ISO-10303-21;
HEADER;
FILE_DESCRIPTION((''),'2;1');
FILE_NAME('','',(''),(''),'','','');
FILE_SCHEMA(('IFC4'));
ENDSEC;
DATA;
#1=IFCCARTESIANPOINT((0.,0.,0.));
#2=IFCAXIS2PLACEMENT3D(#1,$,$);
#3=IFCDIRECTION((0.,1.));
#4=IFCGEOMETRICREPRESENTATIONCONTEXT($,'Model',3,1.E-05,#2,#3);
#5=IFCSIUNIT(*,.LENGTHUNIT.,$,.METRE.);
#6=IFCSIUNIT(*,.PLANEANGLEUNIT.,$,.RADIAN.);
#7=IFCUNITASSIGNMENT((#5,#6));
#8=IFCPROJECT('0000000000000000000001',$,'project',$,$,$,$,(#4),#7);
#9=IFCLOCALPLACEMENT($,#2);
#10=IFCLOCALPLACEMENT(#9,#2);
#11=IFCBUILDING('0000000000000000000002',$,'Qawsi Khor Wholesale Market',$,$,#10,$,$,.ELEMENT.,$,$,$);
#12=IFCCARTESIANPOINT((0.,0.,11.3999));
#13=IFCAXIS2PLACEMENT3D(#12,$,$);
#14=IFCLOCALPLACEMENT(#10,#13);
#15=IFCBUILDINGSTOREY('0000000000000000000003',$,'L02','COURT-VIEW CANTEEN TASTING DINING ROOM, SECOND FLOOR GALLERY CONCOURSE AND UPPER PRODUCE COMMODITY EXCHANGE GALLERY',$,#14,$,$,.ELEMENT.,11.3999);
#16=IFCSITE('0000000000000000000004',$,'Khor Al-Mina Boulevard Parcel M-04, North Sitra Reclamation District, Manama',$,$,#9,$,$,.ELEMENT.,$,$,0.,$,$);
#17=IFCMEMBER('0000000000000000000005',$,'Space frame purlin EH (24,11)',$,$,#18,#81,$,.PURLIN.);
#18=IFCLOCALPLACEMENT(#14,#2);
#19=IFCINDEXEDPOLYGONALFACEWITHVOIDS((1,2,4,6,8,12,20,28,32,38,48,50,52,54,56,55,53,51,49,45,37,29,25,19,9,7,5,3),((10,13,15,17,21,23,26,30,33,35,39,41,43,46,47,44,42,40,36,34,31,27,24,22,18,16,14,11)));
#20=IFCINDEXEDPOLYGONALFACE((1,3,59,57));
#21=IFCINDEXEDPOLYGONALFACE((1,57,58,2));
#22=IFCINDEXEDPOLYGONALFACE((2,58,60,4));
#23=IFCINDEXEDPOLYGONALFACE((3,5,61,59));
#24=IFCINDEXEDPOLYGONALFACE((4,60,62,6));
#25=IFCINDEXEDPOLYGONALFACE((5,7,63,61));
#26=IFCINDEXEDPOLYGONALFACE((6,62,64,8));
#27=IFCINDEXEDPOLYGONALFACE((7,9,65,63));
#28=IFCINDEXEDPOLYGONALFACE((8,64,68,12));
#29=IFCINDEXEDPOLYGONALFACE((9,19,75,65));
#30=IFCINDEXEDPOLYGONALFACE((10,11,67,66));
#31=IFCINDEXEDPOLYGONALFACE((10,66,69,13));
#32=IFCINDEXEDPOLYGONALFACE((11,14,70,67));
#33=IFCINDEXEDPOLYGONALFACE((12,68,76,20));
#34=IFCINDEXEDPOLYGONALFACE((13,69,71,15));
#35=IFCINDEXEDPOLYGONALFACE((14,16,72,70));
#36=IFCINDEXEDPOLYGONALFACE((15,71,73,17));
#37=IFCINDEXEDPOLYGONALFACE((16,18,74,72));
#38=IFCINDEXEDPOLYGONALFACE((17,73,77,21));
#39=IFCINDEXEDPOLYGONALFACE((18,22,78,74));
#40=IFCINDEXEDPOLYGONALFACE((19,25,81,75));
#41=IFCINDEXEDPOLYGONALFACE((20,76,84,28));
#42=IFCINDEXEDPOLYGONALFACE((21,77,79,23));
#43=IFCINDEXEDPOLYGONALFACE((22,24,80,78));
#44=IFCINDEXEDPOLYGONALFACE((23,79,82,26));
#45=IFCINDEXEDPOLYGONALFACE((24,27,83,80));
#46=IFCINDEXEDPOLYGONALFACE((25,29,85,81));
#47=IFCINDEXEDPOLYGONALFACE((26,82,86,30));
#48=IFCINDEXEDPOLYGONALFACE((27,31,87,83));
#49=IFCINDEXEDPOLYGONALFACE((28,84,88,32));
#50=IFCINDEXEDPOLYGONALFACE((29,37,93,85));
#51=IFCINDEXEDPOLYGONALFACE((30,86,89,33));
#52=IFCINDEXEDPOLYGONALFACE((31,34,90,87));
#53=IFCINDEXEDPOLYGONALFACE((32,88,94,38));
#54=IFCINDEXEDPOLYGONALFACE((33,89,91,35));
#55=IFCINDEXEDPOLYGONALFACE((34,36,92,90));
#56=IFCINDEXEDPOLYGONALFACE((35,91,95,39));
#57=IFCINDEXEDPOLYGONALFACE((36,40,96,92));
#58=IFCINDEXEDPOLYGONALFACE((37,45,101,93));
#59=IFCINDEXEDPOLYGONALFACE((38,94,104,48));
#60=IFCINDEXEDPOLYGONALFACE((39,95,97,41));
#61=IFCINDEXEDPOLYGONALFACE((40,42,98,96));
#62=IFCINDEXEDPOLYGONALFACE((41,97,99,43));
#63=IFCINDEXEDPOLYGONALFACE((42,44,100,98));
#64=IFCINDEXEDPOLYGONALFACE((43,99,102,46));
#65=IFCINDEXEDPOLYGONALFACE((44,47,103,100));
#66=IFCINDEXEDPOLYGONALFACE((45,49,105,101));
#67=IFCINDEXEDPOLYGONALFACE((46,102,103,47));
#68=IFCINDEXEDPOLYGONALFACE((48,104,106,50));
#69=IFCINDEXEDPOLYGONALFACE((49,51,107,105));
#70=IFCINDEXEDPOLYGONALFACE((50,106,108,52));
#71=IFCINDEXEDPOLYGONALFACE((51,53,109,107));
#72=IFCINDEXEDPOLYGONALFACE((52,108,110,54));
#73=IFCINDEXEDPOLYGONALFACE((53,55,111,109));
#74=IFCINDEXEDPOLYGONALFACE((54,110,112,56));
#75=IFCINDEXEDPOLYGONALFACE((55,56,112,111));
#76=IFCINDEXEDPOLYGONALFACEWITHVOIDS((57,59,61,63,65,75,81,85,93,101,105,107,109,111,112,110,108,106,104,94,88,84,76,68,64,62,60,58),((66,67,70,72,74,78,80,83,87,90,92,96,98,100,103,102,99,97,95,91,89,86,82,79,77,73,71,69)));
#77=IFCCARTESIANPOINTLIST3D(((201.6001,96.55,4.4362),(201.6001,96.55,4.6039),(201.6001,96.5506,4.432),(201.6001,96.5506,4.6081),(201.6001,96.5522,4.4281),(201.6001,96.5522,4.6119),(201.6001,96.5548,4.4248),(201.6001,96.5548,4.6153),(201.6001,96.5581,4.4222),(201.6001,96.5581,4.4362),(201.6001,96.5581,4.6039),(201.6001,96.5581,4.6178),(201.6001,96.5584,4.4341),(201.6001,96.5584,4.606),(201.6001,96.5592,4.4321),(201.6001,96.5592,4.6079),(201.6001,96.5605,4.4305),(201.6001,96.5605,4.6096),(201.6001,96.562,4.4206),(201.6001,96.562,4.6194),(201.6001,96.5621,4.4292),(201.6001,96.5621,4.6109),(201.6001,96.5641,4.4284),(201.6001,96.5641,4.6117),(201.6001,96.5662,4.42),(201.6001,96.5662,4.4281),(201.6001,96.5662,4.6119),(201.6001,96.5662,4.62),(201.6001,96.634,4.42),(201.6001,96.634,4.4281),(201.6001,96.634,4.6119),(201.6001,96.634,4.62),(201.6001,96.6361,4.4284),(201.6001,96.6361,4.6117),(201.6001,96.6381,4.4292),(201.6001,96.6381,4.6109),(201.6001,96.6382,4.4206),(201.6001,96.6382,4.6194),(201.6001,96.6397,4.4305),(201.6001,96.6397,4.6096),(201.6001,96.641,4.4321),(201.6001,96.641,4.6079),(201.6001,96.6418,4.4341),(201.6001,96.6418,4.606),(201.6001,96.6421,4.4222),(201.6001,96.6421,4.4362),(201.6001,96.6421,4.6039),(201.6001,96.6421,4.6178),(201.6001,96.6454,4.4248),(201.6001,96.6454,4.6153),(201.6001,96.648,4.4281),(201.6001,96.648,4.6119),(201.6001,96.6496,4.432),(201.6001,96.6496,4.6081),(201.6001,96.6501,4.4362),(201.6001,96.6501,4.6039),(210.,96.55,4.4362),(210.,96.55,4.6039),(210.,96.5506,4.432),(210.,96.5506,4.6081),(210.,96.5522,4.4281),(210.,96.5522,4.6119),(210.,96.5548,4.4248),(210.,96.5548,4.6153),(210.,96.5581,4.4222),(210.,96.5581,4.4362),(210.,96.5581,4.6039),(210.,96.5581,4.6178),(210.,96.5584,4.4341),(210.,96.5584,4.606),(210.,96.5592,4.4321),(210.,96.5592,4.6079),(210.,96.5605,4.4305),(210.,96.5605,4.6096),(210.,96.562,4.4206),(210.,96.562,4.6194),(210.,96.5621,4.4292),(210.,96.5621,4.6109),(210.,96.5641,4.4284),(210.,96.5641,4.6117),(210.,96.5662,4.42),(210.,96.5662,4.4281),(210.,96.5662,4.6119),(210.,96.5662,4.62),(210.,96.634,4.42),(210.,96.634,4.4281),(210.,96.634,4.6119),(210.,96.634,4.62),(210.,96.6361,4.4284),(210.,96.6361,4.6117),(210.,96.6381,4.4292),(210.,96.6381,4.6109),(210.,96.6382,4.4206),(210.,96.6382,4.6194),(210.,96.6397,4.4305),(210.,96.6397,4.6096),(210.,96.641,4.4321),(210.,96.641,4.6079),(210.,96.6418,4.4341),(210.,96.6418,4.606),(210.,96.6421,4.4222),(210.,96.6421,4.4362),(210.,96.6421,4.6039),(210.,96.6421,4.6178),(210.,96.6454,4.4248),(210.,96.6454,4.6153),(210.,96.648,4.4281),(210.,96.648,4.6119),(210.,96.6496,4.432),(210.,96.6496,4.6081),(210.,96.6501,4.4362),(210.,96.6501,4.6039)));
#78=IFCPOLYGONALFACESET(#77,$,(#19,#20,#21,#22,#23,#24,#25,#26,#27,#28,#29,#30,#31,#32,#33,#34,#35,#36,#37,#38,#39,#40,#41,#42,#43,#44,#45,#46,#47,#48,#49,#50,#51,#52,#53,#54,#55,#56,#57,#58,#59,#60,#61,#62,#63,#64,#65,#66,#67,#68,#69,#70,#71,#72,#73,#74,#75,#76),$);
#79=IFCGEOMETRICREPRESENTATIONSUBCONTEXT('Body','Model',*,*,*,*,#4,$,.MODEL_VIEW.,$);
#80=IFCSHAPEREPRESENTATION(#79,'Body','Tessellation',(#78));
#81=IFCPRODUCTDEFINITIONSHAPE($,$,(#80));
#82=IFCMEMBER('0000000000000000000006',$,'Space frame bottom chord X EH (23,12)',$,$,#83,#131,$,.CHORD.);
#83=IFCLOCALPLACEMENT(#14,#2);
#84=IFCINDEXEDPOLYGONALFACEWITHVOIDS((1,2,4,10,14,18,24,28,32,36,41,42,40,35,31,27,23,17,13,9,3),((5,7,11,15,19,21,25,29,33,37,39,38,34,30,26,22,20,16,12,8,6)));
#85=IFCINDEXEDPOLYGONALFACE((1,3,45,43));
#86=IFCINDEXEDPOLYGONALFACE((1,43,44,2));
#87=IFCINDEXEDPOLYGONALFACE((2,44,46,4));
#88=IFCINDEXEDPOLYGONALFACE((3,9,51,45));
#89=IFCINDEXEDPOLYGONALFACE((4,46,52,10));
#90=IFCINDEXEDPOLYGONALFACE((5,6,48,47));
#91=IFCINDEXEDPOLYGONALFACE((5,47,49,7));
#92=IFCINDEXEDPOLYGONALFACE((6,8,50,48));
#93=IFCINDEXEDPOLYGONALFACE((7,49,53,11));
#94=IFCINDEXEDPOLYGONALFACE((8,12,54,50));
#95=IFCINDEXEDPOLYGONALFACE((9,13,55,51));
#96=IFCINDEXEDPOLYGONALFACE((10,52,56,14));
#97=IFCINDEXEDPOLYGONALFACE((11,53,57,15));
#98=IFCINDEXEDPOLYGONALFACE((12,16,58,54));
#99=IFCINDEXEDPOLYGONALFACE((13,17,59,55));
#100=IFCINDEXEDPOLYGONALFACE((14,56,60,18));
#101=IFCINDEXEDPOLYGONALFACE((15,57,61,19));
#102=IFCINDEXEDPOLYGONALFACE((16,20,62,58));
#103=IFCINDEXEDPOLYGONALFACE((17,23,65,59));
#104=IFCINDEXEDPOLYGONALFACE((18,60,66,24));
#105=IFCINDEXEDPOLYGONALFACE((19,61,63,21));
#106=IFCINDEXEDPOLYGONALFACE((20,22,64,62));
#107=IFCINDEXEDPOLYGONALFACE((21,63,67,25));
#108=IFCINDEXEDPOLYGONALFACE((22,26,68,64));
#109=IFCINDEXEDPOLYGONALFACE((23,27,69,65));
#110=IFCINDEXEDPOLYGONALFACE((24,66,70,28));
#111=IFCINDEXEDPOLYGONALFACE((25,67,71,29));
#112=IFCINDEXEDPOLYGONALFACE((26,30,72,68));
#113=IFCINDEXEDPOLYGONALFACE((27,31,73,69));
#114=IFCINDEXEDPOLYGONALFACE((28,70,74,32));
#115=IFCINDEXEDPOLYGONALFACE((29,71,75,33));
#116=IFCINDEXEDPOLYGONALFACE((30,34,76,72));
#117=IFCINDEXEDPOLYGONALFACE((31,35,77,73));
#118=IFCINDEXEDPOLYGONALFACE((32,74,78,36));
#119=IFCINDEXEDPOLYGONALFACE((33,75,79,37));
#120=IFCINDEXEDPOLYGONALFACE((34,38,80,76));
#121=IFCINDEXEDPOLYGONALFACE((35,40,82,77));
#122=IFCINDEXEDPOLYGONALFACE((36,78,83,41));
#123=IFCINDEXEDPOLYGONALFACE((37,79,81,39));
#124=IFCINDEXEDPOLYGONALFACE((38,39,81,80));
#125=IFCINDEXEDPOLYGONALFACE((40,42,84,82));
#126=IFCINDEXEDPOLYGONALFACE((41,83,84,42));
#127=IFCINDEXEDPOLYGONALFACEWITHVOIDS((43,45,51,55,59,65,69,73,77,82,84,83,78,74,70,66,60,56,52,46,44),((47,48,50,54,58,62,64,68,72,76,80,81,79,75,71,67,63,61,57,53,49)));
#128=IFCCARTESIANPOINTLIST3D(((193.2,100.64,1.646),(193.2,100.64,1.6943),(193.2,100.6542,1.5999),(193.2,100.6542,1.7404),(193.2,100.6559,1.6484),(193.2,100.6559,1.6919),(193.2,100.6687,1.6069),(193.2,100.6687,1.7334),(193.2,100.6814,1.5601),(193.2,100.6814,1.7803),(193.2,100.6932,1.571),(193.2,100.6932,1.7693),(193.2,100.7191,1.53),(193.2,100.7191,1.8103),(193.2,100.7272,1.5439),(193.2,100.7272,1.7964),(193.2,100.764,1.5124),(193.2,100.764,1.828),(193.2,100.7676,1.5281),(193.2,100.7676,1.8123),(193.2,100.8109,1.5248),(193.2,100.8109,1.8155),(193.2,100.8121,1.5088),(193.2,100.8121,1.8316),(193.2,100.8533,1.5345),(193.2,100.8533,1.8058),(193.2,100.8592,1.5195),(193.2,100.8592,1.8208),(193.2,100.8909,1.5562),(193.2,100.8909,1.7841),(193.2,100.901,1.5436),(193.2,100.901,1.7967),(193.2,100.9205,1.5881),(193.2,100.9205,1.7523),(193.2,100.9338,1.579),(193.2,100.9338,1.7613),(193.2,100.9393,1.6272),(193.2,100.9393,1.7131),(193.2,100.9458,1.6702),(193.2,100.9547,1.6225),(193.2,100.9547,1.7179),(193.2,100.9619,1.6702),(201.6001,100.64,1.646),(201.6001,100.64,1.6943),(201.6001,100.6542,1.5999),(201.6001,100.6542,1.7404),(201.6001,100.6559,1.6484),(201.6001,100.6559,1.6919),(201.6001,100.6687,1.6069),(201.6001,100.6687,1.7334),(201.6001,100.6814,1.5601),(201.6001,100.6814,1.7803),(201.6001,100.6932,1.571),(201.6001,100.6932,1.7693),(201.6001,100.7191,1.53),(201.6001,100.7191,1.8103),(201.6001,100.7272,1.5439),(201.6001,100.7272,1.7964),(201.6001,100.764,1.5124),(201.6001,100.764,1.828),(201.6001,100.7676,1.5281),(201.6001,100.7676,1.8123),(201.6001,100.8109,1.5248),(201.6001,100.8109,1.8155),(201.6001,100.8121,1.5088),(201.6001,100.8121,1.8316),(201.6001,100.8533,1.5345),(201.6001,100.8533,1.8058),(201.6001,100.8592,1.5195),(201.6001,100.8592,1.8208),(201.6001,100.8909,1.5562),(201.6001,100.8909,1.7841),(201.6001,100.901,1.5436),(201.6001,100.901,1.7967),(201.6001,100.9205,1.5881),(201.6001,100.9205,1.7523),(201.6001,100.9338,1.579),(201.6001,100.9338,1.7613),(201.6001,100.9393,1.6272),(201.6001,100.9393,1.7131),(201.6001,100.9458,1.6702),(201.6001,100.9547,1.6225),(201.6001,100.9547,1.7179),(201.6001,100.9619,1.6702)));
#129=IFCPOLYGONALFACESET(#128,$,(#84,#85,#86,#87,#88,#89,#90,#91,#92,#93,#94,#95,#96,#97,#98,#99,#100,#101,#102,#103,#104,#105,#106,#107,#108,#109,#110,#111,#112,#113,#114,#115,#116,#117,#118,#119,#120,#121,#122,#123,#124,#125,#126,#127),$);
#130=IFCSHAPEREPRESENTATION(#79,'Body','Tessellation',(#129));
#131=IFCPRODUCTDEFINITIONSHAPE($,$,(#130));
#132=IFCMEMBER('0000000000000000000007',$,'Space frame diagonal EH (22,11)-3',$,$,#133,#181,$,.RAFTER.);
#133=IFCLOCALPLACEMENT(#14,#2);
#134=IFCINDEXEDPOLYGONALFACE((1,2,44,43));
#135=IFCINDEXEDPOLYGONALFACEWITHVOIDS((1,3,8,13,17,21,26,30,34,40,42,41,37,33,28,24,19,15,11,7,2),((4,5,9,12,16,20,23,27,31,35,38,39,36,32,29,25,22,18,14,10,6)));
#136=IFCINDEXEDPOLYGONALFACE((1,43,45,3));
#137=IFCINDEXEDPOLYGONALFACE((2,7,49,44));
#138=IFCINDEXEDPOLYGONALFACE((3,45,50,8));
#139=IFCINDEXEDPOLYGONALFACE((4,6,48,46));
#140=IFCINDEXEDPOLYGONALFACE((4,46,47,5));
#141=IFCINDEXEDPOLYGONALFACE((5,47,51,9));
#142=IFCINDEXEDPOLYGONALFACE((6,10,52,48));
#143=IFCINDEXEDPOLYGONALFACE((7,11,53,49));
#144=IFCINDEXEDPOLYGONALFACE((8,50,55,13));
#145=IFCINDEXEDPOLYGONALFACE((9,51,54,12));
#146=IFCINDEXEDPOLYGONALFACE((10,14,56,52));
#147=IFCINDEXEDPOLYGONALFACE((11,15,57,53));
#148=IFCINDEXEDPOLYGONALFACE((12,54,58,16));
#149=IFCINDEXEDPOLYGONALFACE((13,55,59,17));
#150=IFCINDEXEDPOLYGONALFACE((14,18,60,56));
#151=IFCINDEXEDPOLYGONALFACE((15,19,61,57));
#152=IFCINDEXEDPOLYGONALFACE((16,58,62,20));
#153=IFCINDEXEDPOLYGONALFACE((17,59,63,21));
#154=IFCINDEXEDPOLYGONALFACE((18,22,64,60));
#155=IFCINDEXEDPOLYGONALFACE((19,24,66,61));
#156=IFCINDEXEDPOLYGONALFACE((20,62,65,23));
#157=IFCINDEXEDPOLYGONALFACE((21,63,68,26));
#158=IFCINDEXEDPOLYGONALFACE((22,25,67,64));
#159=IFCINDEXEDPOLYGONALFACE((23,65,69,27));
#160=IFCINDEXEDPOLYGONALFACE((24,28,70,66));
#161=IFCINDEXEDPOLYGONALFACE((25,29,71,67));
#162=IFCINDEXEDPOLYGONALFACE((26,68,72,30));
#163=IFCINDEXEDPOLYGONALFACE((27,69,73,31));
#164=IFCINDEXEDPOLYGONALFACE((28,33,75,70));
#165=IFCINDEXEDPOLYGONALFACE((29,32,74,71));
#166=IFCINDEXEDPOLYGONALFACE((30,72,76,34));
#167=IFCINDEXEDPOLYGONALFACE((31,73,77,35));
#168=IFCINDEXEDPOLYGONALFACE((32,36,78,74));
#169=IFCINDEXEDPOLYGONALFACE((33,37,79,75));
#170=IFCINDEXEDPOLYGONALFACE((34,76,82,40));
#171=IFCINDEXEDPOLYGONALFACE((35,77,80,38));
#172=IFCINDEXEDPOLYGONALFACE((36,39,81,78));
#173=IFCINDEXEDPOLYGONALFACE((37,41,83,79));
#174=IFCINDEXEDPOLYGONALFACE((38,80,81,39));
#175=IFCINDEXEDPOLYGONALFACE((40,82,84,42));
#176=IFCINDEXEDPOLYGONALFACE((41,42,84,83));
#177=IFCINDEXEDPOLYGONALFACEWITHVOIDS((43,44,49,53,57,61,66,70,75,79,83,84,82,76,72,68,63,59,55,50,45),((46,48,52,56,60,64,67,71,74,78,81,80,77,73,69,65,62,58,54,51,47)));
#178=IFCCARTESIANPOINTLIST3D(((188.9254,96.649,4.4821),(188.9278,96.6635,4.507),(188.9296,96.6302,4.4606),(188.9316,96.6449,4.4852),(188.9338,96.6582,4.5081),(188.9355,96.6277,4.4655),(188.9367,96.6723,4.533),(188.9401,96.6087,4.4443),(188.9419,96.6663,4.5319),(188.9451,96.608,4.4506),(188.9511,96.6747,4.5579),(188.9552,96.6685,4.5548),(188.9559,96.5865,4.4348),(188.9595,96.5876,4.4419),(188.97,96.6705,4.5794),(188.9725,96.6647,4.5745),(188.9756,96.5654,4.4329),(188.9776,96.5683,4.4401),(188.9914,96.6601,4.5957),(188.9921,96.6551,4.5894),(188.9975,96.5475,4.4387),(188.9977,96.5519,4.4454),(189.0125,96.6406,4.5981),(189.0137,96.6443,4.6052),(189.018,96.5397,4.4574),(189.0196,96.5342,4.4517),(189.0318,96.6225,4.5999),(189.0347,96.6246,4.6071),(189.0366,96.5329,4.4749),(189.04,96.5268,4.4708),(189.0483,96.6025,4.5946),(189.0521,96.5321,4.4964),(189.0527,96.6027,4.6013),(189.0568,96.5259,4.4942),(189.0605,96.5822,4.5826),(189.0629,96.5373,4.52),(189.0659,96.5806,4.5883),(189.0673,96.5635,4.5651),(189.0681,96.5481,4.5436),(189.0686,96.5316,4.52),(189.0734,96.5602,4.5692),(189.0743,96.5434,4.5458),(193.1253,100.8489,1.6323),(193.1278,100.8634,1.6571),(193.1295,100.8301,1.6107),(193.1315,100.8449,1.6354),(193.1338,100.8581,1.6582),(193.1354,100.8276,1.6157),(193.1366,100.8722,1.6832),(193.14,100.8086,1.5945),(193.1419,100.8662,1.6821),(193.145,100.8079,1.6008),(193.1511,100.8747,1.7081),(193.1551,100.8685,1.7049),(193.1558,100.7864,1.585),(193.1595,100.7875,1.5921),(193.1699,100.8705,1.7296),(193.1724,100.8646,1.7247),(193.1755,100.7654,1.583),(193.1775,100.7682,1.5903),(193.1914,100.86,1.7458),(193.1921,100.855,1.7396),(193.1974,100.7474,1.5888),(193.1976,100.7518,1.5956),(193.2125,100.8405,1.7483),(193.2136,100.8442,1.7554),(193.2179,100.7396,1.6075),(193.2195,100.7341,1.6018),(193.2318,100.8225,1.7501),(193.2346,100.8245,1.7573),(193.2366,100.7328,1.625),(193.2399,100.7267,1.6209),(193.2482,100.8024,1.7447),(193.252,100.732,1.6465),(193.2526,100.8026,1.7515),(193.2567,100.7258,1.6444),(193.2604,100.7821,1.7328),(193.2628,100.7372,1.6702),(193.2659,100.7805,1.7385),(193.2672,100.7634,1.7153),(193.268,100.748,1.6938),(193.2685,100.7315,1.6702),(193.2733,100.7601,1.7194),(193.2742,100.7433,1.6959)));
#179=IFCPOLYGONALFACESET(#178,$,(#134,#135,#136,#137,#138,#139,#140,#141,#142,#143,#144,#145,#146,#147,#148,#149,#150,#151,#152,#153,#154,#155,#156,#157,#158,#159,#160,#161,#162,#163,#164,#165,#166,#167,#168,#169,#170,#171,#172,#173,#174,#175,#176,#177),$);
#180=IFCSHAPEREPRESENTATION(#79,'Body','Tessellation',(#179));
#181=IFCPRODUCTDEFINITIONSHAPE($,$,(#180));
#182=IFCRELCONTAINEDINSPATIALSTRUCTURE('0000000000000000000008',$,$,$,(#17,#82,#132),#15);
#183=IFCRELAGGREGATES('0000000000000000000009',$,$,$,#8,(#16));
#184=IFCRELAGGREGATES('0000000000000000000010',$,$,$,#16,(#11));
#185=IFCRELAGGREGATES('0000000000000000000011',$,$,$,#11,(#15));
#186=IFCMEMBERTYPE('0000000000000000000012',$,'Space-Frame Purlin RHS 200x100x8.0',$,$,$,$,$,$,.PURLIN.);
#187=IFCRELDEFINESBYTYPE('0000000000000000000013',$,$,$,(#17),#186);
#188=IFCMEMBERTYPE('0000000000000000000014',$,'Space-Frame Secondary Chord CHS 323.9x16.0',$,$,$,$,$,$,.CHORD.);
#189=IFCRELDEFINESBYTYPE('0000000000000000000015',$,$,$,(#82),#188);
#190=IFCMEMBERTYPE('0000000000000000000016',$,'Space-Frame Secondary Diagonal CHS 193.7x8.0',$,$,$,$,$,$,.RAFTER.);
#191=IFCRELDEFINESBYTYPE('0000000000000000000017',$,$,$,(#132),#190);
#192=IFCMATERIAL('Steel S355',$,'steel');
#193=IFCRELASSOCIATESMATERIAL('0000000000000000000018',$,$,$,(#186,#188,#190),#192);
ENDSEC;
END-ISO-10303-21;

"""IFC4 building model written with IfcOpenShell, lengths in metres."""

from ifc_helpers import new_model, si_unit, direction, frame, origin, origin_2d, place, context, subcontext, project, spatial, hollow_rectangle, hollow_circle, extrude, material, material_profile, profile_set, type_object, element, save


model = new_model("IFC4")

# Units and contexts
model_context = context("Model", 3, precision=1e-05, world=origin(), true_north=direction((0.0, 1.0)))
body_context = subcontext(model_context, "Body", "Model", "MODEL_VIEW")
ifc_project = project(units=[si_unit("LENGTHUNIT", "METRE"), si_unit("PLANEANGLEUNIT", "RADIAN")], contexts=[model_context])

# Site, building, storey
site_placement = place(None, origin())
site = spatial("IfcSite", under=ifc_project, at=site_placement, Name="Khor Al-Mina Boulevard Parcel M-04, North Sitra Reclamation District, Manama", CompositionType="ELEMENT", RefElevation=0.0)
building_placement = place(site_placement, origin())
building = spatial("IfcBuilding", under=site, at=building_placement, Name="Qawsi Khor Wholesale Market", CompositionType="ELEMENT")
storey_placement = place(building_placement, frame((0.0, 0.0, 11.3999)))
storey = spatial("IfcBuildingStorey", under=building, at=storey_placement, Name="L02", Description="COURT-VIEW CANTEEN TASTING DINING ROOM, SECOND FLOOR GALLERY CONCOURSE AND UPPER PRODUCE COMMODITY EXCHANGE GALLERY", CompositionType="ELEMENT", Elevation=11.3999)

# Members
ifc_material_1 = material(Name="Steel S355", Category="steel")
ifc_material_profile_1 = material_profile(ifc_material_1, hollow_rectangle(XDim=0.1001, YDim=0.2, WallThickness=0.0081, InnerFilletRadius=0.0081, OuterFilletRadius=0.0161, at=origin_2d()), Name="RHS 200x100x8.0")
ifc_profile_set_1 = profile_set([ifc_material_profile_1], Name="Steel S355")
member_type_1 = type_object("IfcMemberType", Name="Space-Frame Purlin RHS 200x100x8.0", PredefinedType="PURLIN", material=ifc_profile_set_1)
member_1_placement = place(storey_placement, frame((201.6001, 96.6001, 4.52), z_axis=(1.0, 0.0, 0.0), x_axis=(0.0, 1.0, 0.0)))
element("IfcMember", 1, at=member_1_placement, inside=storey, type_object=member_type_1, Name="Space frame purlin EH (24,11)", PredefinedType="PURLIN", context=body_context, shape_type="SweptSolid", body=[
    extrude(hollow_rectangle(XDim=0.1001, YDim=0.2, WallThickness=0.0081, InnerFilletRadius=0.0081, OuterFilletRadius=0.0161, at=origin_2d()), origin(), (0.0, 0.0, 1.0), 8.3999),
])
ifc_material_profile_2 = material_profile(ifc_material_1, hollow_circle(Radius=0.1619, WallThickness=0.0161, at=origin_2d()), Name="CHS 323.9x16.0")
ifc_profile_set_2 = profile_set([ifc_material_profile_2], Name="Steel S355")
member_type_2 = type_object("IfcMemberType", Name="Space-Frame Secondary Chord CHS 323.9x16.0", PredefinedType="CHORD", material=ifc_profile_set_2)
member_2_placement = place(storey_placement, frame((193.2, 100.8, 1.6702), z_axis=(1.0, 0.0, 0.0), x_axis=(0.0, 1.0, 0.0)))
element("IfcMember", 2, at=member_2_placement, inside=storey, type_object=member_type_2, Name="Space frame bottom chord X EH (23,12)", PredefinedType="CHORD", context=body_context, shape_type="SweptSolid", body=[
    extrude(hollow_circle(Radius=0.1619, WallThickness=0.0161, at=origin_2d()), origin(), (0.0, 0.0, 1.0), 8.4001),
])
ifc_material_profile_3 = material_profile(ifc_material_1, hollow_circle(Radius=0.0969, WallThickness=0.0081, at=origin_2d()), Name="CHS 193.7x8.0")
ifc_profile_set_3 = profile_set([ifc_material_profile_3], Name="Steel S355")
member_type_3 = type_object("IfcMemberType", Name="Space-Frame Secondary Diagonal CHS 193.7x8.0", PredefinedType="RAFTER", material=ifc_profile_set_3)
for number, where, z_axis, x_axis, name in (
    (3, (193.2, 100.8, 1.6702), (-0.637522, -0.637522, 0.432587), (0.707107, -0.707107, 0.0), "Space frame diagonal EH (22,11)-3"),
):
    element("IfcMember", number, at=place(storey_placement, frame(where, z_axis=z_axis, x_axis=x_axis)), inside=storey, type_object=member_type_3, Name=name, PredefinedType="RAFTER", context=body_context, shape_type="SweptSolid", body=[
        extrude(hollow_circle(Radius=0.0969, WallThickness=0.0081, at=origin_2d()), origin(), (0.0, 0.0, 1.0), 6.5879),
    ])

save(model, "model.ifc")
